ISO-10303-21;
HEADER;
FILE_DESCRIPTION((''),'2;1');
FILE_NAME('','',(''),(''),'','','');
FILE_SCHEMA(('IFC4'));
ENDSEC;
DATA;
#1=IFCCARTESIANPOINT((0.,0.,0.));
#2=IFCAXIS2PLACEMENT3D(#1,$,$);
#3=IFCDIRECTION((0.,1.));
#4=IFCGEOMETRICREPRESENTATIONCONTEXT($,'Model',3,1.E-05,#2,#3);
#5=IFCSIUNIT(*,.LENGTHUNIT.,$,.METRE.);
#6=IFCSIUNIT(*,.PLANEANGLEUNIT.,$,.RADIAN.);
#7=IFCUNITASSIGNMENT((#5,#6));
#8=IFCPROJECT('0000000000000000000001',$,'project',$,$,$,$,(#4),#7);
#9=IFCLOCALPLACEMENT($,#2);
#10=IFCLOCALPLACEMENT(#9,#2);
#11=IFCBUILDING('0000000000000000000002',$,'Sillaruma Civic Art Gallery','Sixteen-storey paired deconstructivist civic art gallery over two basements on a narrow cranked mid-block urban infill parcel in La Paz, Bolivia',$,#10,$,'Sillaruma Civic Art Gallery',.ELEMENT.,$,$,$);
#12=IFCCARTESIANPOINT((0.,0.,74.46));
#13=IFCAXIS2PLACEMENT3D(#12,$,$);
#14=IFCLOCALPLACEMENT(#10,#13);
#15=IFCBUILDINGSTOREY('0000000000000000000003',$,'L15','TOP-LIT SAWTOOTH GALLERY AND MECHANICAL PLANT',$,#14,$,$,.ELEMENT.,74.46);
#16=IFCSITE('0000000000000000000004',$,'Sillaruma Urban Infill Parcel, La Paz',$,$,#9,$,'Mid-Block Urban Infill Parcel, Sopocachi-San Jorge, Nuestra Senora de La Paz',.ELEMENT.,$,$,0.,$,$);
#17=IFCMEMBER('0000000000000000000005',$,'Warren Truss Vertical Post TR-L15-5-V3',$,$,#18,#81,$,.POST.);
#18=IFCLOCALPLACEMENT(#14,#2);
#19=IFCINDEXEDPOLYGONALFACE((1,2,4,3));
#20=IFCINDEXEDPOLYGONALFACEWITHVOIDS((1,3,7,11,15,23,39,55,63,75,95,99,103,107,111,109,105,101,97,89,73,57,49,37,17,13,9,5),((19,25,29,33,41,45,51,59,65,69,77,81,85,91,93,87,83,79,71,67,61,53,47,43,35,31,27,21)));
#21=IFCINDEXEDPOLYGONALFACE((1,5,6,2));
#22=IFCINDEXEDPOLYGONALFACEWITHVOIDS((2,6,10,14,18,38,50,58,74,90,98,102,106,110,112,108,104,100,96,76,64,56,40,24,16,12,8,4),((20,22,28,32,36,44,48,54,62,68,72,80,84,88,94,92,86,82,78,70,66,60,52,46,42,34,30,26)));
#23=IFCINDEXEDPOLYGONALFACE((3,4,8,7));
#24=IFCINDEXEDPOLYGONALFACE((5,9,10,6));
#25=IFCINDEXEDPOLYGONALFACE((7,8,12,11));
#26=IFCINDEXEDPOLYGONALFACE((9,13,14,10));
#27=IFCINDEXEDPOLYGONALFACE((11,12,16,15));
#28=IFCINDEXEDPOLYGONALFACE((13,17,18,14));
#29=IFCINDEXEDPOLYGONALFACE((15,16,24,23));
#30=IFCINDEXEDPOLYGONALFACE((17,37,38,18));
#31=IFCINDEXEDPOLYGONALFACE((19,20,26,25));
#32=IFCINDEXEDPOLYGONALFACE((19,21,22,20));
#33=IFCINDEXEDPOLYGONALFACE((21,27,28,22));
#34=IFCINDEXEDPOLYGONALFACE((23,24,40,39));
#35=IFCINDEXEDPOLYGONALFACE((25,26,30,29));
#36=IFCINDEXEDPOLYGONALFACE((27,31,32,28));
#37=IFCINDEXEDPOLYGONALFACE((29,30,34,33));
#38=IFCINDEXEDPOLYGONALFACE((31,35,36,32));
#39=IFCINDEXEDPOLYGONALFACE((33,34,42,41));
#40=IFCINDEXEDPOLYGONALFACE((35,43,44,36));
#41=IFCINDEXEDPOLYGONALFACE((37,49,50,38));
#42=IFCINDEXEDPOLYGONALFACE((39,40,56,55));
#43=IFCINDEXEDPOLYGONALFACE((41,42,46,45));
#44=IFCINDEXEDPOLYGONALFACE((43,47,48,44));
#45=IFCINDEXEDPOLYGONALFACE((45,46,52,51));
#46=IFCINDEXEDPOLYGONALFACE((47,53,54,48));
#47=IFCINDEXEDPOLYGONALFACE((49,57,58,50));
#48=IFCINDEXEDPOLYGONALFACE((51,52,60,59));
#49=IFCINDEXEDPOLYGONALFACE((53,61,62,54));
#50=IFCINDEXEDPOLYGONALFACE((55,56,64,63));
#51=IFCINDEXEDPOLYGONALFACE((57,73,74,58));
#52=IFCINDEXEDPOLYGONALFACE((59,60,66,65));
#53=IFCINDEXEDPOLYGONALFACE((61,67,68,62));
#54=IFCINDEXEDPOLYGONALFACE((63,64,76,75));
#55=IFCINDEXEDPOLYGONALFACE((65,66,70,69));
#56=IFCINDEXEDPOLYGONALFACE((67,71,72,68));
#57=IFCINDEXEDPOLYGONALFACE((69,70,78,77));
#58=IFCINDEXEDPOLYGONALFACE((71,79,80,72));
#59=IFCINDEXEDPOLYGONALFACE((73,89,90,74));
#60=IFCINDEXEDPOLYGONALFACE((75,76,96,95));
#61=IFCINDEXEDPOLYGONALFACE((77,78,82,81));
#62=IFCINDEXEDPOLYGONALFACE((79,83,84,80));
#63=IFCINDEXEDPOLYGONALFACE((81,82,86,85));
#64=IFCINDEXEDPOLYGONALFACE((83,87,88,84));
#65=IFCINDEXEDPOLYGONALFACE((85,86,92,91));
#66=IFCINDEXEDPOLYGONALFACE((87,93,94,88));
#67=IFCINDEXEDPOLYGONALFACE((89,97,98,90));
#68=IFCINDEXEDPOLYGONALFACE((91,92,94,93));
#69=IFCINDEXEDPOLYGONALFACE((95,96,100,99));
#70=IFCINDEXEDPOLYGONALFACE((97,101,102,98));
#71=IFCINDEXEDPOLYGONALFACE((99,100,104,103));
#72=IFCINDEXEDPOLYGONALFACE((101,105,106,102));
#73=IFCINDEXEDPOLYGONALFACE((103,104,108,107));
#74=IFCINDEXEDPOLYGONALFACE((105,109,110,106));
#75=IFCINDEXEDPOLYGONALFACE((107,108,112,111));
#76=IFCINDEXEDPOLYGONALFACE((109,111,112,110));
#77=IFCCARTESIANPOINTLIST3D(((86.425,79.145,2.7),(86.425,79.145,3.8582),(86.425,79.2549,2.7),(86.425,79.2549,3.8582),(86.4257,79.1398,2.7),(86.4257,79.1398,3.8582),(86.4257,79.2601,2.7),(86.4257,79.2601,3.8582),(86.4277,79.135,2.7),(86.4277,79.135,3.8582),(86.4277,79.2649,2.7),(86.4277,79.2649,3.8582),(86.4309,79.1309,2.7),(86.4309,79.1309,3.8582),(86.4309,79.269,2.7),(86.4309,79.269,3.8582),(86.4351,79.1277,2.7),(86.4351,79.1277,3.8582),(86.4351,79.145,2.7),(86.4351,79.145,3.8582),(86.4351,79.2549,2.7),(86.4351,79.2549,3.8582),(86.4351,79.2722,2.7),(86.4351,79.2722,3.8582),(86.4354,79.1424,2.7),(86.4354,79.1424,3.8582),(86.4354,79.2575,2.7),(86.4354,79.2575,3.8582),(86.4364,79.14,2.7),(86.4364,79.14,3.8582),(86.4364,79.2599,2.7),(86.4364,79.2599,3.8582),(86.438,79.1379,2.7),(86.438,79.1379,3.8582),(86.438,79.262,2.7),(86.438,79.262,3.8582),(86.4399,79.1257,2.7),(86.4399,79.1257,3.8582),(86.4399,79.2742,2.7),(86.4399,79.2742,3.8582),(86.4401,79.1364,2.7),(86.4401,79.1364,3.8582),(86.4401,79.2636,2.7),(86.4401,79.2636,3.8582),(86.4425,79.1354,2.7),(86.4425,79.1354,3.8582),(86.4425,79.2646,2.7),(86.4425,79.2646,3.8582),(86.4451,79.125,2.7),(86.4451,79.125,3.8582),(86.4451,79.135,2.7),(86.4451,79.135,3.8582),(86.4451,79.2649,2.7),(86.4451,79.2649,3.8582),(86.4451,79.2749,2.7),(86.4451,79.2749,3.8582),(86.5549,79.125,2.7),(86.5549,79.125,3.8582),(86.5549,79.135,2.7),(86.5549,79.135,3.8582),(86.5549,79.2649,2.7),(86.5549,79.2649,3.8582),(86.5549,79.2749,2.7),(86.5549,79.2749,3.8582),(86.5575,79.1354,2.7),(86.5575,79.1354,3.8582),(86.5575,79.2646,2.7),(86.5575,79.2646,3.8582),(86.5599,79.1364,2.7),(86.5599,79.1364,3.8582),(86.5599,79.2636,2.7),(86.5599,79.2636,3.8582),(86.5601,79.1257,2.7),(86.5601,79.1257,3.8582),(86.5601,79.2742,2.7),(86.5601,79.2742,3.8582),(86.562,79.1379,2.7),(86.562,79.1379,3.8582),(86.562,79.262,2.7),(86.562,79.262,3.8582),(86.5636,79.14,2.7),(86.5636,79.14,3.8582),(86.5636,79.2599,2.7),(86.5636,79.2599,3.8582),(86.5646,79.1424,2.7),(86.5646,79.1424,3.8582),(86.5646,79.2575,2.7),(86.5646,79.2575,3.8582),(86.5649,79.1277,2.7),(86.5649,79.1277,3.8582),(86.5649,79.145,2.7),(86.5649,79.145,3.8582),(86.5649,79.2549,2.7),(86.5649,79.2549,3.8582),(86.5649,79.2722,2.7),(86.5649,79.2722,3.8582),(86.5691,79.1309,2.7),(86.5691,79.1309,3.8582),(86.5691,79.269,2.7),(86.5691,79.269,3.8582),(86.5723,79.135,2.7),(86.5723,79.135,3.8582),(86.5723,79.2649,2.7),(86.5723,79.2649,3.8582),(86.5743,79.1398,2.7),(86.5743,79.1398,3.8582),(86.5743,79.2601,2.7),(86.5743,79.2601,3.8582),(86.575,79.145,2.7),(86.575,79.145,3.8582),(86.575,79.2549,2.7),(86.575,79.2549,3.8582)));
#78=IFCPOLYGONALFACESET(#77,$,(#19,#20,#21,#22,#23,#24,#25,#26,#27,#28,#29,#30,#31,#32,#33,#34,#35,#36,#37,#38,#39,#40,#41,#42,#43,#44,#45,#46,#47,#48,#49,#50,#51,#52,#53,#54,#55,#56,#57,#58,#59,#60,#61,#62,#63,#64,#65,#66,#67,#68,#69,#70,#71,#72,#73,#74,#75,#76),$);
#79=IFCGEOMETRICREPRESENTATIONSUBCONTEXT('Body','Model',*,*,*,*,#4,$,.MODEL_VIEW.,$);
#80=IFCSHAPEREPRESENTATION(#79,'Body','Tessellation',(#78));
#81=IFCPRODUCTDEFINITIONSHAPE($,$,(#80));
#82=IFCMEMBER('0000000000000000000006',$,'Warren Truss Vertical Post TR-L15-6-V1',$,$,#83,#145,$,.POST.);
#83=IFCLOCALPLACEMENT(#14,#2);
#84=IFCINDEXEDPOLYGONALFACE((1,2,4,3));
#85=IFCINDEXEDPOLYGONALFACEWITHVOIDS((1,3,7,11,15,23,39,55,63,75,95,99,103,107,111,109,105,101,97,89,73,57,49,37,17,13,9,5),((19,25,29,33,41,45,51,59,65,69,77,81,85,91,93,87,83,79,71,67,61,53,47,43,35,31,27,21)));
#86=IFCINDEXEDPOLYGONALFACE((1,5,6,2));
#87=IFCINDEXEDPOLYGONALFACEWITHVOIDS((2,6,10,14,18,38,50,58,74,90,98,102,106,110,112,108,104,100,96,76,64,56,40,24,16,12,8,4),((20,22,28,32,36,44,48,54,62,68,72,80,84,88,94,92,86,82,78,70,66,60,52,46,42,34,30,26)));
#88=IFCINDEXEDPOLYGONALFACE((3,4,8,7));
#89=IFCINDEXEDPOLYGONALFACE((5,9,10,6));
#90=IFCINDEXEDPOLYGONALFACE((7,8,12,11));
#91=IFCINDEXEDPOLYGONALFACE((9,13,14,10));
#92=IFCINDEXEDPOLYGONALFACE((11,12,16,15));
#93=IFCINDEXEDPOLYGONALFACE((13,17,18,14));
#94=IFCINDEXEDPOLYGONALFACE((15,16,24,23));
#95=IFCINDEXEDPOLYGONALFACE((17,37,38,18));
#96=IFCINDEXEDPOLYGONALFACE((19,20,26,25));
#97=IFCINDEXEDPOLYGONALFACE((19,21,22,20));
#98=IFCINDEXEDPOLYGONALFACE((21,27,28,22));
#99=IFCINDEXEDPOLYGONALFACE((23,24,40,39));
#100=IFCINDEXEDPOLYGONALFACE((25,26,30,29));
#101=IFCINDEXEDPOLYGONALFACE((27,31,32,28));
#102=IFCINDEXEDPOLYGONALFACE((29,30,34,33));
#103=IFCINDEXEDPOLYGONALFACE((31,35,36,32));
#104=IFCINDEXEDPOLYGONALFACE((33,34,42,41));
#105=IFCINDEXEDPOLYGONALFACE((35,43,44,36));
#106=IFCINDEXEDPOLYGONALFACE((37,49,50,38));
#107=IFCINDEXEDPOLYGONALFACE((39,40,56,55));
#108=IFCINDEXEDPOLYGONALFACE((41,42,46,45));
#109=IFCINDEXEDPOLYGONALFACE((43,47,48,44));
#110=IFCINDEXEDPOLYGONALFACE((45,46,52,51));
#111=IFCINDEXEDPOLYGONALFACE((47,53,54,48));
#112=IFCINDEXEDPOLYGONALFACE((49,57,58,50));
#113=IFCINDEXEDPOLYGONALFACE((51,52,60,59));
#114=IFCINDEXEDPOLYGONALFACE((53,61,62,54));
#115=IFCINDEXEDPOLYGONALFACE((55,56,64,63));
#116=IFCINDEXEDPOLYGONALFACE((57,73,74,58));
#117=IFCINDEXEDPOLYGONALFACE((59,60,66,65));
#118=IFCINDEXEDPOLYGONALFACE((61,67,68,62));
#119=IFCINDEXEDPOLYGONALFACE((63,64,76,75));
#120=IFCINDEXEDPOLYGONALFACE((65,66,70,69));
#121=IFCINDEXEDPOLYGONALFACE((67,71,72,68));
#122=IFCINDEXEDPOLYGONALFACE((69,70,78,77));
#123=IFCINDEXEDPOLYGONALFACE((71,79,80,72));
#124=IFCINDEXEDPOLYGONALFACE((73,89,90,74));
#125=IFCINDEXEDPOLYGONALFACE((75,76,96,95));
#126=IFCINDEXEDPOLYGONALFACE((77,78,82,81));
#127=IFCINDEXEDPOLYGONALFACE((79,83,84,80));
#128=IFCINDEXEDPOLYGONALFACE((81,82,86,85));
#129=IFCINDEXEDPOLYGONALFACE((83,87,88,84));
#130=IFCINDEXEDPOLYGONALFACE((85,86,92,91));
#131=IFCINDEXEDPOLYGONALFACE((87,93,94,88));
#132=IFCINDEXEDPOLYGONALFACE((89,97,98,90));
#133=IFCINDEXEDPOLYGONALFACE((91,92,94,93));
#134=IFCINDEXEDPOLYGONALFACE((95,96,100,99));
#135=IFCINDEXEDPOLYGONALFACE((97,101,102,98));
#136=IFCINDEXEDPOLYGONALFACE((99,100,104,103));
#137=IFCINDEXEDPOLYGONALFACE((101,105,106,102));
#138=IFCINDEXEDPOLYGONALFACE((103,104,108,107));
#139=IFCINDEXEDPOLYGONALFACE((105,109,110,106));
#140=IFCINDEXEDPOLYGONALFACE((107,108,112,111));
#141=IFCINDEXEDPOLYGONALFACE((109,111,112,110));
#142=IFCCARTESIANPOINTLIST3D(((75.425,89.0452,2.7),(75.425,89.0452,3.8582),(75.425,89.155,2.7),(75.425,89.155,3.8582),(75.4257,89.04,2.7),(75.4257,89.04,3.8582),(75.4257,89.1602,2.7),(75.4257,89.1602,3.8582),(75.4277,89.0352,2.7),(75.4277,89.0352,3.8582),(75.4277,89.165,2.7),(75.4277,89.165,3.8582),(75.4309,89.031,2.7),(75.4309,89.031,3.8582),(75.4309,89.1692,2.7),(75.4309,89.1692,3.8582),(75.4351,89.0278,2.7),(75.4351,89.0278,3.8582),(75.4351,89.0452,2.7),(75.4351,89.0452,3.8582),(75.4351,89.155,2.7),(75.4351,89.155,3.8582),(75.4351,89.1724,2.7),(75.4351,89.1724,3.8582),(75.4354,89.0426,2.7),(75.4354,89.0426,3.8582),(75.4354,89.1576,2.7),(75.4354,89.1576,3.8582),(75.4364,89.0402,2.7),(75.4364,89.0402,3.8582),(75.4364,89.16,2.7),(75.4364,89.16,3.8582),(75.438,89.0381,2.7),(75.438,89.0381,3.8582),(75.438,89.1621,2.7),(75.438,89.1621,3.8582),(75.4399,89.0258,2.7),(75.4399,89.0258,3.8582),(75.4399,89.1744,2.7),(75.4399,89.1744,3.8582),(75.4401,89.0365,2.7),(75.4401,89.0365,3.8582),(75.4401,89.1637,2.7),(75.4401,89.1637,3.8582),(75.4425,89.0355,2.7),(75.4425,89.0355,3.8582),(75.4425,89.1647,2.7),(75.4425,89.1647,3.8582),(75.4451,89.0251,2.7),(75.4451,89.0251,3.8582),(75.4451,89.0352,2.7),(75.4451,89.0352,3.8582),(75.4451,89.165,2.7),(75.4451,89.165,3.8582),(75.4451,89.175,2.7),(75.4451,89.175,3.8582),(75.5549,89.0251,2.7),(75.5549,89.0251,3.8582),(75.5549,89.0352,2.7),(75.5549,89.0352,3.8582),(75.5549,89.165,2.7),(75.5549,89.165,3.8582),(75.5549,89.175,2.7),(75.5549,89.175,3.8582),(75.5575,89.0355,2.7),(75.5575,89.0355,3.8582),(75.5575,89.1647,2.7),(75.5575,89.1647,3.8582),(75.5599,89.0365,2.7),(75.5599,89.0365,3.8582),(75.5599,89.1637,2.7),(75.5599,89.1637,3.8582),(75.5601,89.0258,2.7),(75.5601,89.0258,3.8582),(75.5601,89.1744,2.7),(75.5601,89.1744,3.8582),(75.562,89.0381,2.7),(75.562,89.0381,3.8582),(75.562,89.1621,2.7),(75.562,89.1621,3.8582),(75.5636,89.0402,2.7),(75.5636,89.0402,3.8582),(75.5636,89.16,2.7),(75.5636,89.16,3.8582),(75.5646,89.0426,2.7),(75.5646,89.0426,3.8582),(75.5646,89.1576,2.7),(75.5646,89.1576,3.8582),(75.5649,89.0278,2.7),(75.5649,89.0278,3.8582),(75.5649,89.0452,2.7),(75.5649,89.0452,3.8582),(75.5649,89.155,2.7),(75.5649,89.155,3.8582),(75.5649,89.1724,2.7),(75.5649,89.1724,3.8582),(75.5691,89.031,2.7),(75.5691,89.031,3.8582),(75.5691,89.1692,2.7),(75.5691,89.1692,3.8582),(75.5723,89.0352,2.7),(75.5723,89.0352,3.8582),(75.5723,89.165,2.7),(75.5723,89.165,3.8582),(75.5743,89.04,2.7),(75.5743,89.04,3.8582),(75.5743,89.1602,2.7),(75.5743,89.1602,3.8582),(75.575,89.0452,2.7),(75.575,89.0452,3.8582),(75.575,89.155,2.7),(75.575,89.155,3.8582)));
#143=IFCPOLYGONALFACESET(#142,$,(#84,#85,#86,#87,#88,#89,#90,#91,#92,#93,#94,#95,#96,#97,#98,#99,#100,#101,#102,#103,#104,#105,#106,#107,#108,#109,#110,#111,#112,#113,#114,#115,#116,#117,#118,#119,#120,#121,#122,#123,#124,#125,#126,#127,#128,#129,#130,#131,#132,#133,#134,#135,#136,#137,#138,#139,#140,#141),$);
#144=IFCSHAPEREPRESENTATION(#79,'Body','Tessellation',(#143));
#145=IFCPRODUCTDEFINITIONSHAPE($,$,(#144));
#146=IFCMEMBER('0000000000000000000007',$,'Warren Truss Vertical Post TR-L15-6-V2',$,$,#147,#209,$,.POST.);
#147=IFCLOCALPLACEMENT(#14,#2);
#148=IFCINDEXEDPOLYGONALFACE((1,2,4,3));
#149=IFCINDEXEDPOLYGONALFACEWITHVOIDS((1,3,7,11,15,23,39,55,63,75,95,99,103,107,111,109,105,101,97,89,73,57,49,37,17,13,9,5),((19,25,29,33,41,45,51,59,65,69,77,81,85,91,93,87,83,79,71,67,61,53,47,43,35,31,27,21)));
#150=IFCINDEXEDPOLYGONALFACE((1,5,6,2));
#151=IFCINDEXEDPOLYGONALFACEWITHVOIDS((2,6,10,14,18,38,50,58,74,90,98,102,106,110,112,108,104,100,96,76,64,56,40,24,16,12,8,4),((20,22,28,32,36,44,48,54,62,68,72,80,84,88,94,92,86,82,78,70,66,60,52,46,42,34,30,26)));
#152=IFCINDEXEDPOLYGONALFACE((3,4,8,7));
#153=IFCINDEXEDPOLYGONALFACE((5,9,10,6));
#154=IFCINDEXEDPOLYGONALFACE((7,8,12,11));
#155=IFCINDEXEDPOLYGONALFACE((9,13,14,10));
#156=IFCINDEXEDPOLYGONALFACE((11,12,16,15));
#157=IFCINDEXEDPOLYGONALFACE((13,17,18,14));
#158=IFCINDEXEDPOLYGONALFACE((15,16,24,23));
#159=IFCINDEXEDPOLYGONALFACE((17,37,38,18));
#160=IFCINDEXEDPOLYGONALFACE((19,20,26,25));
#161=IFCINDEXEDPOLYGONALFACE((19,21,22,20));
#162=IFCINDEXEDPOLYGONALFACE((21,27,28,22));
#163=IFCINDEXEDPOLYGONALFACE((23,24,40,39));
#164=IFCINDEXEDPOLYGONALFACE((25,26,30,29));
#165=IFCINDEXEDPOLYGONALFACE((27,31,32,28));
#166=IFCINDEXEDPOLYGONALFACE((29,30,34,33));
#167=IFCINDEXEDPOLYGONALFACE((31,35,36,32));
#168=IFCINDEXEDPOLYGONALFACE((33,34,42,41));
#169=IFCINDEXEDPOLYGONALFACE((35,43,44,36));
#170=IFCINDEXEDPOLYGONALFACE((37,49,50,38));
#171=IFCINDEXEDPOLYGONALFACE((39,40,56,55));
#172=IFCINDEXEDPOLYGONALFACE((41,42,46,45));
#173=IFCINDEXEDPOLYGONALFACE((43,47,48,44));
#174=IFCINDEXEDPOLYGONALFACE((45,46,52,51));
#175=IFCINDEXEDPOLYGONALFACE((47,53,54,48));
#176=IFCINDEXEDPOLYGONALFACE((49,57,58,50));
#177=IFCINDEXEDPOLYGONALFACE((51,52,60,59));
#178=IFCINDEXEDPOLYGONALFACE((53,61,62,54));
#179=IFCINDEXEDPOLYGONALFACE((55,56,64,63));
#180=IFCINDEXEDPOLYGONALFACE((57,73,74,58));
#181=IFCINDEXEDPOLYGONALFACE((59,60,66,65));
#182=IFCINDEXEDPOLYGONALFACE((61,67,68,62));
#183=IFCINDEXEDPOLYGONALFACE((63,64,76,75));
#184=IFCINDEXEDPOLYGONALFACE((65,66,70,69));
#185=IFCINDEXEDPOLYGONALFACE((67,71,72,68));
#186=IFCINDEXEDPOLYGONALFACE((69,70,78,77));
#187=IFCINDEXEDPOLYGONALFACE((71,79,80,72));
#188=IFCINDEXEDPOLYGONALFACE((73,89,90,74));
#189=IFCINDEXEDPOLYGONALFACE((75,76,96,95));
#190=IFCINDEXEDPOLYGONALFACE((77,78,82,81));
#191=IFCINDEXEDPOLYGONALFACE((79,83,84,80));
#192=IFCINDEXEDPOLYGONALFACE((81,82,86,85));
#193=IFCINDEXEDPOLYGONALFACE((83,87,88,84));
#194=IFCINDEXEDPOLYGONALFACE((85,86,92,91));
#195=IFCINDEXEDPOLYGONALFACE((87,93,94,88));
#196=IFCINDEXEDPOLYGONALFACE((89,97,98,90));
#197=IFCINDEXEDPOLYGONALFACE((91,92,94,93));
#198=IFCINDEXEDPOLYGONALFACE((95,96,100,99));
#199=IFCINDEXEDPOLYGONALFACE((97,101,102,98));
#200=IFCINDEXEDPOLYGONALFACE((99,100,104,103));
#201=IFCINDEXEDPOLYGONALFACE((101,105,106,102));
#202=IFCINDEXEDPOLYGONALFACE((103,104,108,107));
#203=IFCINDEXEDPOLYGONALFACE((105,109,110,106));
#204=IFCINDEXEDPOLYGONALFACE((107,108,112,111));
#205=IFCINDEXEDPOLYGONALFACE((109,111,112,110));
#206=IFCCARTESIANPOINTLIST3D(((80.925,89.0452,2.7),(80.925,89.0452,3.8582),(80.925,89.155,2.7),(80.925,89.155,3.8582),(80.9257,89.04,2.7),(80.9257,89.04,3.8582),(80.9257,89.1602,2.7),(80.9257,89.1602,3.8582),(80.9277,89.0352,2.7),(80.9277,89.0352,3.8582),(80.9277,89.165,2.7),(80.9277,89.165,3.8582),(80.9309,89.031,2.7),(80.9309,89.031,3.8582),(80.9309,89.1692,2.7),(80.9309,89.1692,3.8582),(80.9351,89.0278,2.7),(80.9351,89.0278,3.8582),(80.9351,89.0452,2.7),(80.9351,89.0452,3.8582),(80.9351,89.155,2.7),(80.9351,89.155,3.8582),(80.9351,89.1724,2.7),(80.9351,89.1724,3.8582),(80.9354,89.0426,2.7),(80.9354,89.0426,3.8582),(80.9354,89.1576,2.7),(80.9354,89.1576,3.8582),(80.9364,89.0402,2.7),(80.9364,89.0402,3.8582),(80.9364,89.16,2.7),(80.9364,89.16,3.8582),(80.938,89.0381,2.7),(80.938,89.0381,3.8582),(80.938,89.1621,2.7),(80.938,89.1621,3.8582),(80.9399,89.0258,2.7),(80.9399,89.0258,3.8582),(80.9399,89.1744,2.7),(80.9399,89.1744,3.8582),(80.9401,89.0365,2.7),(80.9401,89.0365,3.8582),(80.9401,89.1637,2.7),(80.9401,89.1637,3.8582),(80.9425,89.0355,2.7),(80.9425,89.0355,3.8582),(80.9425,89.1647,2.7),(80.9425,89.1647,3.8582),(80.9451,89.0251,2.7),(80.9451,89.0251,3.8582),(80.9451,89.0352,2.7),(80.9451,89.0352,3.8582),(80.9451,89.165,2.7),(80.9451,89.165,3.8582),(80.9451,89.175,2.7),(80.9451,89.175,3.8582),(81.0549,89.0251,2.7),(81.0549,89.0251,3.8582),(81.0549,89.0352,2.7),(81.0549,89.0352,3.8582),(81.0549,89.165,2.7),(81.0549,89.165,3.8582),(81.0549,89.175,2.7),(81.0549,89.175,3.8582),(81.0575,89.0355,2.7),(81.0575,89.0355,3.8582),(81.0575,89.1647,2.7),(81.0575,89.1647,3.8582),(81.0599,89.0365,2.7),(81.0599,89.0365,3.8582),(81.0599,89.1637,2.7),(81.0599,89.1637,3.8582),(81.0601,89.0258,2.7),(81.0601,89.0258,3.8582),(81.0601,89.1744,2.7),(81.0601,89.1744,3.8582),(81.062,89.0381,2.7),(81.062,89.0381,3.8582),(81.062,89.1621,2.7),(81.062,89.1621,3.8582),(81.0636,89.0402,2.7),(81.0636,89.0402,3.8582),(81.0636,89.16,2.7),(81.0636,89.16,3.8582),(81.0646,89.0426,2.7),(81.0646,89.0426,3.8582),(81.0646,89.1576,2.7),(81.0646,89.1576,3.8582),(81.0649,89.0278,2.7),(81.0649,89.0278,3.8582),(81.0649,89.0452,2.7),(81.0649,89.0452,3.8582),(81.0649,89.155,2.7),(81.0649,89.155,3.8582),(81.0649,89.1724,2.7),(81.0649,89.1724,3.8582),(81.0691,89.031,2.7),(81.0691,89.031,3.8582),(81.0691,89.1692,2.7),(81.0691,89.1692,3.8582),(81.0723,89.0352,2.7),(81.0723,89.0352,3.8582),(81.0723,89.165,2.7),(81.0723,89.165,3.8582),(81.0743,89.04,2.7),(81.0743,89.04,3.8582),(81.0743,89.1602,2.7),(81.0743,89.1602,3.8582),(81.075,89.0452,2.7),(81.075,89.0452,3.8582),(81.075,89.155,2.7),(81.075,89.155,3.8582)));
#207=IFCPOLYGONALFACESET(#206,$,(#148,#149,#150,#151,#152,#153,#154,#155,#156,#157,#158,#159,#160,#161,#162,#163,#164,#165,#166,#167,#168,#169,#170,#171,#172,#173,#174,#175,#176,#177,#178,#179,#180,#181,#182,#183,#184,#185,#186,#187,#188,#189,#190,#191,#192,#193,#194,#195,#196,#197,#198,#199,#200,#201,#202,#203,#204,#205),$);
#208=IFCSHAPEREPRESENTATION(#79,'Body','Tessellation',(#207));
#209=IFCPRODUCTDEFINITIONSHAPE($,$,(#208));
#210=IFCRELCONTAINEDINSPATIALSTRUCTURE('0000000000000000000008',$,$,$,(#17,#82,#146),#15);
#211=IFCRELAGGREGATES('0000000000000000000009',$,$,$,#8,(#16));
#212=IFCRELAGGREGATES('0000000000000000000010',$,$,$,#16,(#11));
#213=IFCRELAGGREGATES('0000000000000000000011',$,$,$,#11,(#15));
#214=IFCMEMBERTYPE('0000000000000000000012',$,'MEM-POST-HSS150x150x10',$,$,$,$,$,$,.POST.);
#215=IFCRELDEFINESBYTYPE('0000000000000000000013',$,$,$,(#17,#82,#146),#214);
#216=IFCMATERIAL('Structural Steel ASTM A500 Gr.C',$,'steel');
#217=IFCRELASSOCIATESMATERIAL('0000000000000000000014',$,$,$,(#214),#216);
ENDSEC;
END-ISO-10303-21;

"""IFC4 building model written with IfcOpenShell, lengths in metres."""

from ifc_helpers import new_model, si_unit, direction, frame, origin, origin_2d, place, context, subcontext, project, spatial, hollow_rectangle, extrude, material, material_profile, profile_set, type_object, element, save


model = new_model("IFC4")

# Units and contexts
model_context = context("Model", 3, precision=1e-05, world=origin(), true_north=direction((0.0, 1.0)))
body_context = subcontext(model_context, "Body", "Model", "MODEL_VIEW")
ifc_project = project(units=[si_unit("LENGTHUNIT", "METRE"), si_unit("PLANEANGLEUNIT", "RADIAN")], contexts=[model_context])

# Site, building, storey
site_placement = place(None, origin())
site = spatial("IfcSite", under=ifc_project, at=site_placement, Name="Sillaruma Urban Infill Parcel, La Paz", LongName="Mid-Block Urban Infill Parcel, Sopocachi-San Jorge, Nuestra Senora de La Paz", CompositionType="ELEMENT", RefElevation=0.0)
building_placement = place(site_placement, origin())
building = spatial("IfcBuilding", under=site, at=building_placement, Name="Sillaruma Civic Art Gallery", Description="Sixteen-storey paired deconstructivist civic art gallery over two basements on a narrow cranked mid-block urban infill parcel in La Paz, Bolivia", LongName="Sillaruma Civic Art Gallery", CompositionType="ELEMENT")
storey_placement = place(building_placement, frame((0.0, 0.0, 74.46)))
storey = spatial("IfcBuildingStorey", under=building, at=storey_placement, Name="L15", Description="TOP-LIT SAWTOOTH GALLERY AND MECHANICAL PLANT", CompositionType="ELEMENT", Elevation=74.46)

# Members
ifc_material_1 = material(Name="Structural Steel ASTM A500 Gr.C", Category="steel")
ifc_material_profile_1 = material_profile(ifc_material_1, hollow_rectangle(XDim=0.1499, YDim=0.1499, WallThickness=0.01, InnerFilletRadius=0.01, OuterFilletRadius=0.02, at=origin_2d()), Name="HSS150x150x10")
ifc_profile_set_1 = profile_set([ifc_material_profile_1], Name="Structural Steel ASTM A500 Gr.C")
member_type_1 = type_object("IfcMemberType", Name="MEM-POST-HSS150x150x10", PredefinedType="POST", material=ifc_profile_set_1)
for number, where, z_axis, x_axis, name in (
    (1, (86.5, 79.2, 2.7), (0.0, 0.0, 1.0), (1.0, 0.0, 0.0), "Warren Truss Vertical Post TR-L15-5-V3"),
    (2, (75.5, 89.1001, 2.7), (0.0, 0.0, 1.0), (1.0, 0.0, 0.0), "Warren Truss Vertical Post TR-L15-6-V1"),
    (3, (81.0, 89.1001, 2.7), (0.0, 0.0, 1.0), (1.0, 0.0, 0.0), "Warren Truss Vertical Post TR-L15-6-V2"),
):
    element("IfcMember", number, at=place(storey_placement, frame(where, z_axis=z_axis, x_axis=x_axis)), inside=storey, type_object=member_type_1, Name=name, PredefinedType="POST", context=body_context, shape_type="SweptSolid", body=[
        extrude(hollow_rectangle(XDim=0.1499, YDim=0.1499, WallThickness=0.01, InnerFilletRadius=0.01, OuterFilletRadius=0.02, at=origin_2d()), origin(), (0.0, 0.0, 1.0), 1.1582),
    ])

save(model, "model.ifc")
